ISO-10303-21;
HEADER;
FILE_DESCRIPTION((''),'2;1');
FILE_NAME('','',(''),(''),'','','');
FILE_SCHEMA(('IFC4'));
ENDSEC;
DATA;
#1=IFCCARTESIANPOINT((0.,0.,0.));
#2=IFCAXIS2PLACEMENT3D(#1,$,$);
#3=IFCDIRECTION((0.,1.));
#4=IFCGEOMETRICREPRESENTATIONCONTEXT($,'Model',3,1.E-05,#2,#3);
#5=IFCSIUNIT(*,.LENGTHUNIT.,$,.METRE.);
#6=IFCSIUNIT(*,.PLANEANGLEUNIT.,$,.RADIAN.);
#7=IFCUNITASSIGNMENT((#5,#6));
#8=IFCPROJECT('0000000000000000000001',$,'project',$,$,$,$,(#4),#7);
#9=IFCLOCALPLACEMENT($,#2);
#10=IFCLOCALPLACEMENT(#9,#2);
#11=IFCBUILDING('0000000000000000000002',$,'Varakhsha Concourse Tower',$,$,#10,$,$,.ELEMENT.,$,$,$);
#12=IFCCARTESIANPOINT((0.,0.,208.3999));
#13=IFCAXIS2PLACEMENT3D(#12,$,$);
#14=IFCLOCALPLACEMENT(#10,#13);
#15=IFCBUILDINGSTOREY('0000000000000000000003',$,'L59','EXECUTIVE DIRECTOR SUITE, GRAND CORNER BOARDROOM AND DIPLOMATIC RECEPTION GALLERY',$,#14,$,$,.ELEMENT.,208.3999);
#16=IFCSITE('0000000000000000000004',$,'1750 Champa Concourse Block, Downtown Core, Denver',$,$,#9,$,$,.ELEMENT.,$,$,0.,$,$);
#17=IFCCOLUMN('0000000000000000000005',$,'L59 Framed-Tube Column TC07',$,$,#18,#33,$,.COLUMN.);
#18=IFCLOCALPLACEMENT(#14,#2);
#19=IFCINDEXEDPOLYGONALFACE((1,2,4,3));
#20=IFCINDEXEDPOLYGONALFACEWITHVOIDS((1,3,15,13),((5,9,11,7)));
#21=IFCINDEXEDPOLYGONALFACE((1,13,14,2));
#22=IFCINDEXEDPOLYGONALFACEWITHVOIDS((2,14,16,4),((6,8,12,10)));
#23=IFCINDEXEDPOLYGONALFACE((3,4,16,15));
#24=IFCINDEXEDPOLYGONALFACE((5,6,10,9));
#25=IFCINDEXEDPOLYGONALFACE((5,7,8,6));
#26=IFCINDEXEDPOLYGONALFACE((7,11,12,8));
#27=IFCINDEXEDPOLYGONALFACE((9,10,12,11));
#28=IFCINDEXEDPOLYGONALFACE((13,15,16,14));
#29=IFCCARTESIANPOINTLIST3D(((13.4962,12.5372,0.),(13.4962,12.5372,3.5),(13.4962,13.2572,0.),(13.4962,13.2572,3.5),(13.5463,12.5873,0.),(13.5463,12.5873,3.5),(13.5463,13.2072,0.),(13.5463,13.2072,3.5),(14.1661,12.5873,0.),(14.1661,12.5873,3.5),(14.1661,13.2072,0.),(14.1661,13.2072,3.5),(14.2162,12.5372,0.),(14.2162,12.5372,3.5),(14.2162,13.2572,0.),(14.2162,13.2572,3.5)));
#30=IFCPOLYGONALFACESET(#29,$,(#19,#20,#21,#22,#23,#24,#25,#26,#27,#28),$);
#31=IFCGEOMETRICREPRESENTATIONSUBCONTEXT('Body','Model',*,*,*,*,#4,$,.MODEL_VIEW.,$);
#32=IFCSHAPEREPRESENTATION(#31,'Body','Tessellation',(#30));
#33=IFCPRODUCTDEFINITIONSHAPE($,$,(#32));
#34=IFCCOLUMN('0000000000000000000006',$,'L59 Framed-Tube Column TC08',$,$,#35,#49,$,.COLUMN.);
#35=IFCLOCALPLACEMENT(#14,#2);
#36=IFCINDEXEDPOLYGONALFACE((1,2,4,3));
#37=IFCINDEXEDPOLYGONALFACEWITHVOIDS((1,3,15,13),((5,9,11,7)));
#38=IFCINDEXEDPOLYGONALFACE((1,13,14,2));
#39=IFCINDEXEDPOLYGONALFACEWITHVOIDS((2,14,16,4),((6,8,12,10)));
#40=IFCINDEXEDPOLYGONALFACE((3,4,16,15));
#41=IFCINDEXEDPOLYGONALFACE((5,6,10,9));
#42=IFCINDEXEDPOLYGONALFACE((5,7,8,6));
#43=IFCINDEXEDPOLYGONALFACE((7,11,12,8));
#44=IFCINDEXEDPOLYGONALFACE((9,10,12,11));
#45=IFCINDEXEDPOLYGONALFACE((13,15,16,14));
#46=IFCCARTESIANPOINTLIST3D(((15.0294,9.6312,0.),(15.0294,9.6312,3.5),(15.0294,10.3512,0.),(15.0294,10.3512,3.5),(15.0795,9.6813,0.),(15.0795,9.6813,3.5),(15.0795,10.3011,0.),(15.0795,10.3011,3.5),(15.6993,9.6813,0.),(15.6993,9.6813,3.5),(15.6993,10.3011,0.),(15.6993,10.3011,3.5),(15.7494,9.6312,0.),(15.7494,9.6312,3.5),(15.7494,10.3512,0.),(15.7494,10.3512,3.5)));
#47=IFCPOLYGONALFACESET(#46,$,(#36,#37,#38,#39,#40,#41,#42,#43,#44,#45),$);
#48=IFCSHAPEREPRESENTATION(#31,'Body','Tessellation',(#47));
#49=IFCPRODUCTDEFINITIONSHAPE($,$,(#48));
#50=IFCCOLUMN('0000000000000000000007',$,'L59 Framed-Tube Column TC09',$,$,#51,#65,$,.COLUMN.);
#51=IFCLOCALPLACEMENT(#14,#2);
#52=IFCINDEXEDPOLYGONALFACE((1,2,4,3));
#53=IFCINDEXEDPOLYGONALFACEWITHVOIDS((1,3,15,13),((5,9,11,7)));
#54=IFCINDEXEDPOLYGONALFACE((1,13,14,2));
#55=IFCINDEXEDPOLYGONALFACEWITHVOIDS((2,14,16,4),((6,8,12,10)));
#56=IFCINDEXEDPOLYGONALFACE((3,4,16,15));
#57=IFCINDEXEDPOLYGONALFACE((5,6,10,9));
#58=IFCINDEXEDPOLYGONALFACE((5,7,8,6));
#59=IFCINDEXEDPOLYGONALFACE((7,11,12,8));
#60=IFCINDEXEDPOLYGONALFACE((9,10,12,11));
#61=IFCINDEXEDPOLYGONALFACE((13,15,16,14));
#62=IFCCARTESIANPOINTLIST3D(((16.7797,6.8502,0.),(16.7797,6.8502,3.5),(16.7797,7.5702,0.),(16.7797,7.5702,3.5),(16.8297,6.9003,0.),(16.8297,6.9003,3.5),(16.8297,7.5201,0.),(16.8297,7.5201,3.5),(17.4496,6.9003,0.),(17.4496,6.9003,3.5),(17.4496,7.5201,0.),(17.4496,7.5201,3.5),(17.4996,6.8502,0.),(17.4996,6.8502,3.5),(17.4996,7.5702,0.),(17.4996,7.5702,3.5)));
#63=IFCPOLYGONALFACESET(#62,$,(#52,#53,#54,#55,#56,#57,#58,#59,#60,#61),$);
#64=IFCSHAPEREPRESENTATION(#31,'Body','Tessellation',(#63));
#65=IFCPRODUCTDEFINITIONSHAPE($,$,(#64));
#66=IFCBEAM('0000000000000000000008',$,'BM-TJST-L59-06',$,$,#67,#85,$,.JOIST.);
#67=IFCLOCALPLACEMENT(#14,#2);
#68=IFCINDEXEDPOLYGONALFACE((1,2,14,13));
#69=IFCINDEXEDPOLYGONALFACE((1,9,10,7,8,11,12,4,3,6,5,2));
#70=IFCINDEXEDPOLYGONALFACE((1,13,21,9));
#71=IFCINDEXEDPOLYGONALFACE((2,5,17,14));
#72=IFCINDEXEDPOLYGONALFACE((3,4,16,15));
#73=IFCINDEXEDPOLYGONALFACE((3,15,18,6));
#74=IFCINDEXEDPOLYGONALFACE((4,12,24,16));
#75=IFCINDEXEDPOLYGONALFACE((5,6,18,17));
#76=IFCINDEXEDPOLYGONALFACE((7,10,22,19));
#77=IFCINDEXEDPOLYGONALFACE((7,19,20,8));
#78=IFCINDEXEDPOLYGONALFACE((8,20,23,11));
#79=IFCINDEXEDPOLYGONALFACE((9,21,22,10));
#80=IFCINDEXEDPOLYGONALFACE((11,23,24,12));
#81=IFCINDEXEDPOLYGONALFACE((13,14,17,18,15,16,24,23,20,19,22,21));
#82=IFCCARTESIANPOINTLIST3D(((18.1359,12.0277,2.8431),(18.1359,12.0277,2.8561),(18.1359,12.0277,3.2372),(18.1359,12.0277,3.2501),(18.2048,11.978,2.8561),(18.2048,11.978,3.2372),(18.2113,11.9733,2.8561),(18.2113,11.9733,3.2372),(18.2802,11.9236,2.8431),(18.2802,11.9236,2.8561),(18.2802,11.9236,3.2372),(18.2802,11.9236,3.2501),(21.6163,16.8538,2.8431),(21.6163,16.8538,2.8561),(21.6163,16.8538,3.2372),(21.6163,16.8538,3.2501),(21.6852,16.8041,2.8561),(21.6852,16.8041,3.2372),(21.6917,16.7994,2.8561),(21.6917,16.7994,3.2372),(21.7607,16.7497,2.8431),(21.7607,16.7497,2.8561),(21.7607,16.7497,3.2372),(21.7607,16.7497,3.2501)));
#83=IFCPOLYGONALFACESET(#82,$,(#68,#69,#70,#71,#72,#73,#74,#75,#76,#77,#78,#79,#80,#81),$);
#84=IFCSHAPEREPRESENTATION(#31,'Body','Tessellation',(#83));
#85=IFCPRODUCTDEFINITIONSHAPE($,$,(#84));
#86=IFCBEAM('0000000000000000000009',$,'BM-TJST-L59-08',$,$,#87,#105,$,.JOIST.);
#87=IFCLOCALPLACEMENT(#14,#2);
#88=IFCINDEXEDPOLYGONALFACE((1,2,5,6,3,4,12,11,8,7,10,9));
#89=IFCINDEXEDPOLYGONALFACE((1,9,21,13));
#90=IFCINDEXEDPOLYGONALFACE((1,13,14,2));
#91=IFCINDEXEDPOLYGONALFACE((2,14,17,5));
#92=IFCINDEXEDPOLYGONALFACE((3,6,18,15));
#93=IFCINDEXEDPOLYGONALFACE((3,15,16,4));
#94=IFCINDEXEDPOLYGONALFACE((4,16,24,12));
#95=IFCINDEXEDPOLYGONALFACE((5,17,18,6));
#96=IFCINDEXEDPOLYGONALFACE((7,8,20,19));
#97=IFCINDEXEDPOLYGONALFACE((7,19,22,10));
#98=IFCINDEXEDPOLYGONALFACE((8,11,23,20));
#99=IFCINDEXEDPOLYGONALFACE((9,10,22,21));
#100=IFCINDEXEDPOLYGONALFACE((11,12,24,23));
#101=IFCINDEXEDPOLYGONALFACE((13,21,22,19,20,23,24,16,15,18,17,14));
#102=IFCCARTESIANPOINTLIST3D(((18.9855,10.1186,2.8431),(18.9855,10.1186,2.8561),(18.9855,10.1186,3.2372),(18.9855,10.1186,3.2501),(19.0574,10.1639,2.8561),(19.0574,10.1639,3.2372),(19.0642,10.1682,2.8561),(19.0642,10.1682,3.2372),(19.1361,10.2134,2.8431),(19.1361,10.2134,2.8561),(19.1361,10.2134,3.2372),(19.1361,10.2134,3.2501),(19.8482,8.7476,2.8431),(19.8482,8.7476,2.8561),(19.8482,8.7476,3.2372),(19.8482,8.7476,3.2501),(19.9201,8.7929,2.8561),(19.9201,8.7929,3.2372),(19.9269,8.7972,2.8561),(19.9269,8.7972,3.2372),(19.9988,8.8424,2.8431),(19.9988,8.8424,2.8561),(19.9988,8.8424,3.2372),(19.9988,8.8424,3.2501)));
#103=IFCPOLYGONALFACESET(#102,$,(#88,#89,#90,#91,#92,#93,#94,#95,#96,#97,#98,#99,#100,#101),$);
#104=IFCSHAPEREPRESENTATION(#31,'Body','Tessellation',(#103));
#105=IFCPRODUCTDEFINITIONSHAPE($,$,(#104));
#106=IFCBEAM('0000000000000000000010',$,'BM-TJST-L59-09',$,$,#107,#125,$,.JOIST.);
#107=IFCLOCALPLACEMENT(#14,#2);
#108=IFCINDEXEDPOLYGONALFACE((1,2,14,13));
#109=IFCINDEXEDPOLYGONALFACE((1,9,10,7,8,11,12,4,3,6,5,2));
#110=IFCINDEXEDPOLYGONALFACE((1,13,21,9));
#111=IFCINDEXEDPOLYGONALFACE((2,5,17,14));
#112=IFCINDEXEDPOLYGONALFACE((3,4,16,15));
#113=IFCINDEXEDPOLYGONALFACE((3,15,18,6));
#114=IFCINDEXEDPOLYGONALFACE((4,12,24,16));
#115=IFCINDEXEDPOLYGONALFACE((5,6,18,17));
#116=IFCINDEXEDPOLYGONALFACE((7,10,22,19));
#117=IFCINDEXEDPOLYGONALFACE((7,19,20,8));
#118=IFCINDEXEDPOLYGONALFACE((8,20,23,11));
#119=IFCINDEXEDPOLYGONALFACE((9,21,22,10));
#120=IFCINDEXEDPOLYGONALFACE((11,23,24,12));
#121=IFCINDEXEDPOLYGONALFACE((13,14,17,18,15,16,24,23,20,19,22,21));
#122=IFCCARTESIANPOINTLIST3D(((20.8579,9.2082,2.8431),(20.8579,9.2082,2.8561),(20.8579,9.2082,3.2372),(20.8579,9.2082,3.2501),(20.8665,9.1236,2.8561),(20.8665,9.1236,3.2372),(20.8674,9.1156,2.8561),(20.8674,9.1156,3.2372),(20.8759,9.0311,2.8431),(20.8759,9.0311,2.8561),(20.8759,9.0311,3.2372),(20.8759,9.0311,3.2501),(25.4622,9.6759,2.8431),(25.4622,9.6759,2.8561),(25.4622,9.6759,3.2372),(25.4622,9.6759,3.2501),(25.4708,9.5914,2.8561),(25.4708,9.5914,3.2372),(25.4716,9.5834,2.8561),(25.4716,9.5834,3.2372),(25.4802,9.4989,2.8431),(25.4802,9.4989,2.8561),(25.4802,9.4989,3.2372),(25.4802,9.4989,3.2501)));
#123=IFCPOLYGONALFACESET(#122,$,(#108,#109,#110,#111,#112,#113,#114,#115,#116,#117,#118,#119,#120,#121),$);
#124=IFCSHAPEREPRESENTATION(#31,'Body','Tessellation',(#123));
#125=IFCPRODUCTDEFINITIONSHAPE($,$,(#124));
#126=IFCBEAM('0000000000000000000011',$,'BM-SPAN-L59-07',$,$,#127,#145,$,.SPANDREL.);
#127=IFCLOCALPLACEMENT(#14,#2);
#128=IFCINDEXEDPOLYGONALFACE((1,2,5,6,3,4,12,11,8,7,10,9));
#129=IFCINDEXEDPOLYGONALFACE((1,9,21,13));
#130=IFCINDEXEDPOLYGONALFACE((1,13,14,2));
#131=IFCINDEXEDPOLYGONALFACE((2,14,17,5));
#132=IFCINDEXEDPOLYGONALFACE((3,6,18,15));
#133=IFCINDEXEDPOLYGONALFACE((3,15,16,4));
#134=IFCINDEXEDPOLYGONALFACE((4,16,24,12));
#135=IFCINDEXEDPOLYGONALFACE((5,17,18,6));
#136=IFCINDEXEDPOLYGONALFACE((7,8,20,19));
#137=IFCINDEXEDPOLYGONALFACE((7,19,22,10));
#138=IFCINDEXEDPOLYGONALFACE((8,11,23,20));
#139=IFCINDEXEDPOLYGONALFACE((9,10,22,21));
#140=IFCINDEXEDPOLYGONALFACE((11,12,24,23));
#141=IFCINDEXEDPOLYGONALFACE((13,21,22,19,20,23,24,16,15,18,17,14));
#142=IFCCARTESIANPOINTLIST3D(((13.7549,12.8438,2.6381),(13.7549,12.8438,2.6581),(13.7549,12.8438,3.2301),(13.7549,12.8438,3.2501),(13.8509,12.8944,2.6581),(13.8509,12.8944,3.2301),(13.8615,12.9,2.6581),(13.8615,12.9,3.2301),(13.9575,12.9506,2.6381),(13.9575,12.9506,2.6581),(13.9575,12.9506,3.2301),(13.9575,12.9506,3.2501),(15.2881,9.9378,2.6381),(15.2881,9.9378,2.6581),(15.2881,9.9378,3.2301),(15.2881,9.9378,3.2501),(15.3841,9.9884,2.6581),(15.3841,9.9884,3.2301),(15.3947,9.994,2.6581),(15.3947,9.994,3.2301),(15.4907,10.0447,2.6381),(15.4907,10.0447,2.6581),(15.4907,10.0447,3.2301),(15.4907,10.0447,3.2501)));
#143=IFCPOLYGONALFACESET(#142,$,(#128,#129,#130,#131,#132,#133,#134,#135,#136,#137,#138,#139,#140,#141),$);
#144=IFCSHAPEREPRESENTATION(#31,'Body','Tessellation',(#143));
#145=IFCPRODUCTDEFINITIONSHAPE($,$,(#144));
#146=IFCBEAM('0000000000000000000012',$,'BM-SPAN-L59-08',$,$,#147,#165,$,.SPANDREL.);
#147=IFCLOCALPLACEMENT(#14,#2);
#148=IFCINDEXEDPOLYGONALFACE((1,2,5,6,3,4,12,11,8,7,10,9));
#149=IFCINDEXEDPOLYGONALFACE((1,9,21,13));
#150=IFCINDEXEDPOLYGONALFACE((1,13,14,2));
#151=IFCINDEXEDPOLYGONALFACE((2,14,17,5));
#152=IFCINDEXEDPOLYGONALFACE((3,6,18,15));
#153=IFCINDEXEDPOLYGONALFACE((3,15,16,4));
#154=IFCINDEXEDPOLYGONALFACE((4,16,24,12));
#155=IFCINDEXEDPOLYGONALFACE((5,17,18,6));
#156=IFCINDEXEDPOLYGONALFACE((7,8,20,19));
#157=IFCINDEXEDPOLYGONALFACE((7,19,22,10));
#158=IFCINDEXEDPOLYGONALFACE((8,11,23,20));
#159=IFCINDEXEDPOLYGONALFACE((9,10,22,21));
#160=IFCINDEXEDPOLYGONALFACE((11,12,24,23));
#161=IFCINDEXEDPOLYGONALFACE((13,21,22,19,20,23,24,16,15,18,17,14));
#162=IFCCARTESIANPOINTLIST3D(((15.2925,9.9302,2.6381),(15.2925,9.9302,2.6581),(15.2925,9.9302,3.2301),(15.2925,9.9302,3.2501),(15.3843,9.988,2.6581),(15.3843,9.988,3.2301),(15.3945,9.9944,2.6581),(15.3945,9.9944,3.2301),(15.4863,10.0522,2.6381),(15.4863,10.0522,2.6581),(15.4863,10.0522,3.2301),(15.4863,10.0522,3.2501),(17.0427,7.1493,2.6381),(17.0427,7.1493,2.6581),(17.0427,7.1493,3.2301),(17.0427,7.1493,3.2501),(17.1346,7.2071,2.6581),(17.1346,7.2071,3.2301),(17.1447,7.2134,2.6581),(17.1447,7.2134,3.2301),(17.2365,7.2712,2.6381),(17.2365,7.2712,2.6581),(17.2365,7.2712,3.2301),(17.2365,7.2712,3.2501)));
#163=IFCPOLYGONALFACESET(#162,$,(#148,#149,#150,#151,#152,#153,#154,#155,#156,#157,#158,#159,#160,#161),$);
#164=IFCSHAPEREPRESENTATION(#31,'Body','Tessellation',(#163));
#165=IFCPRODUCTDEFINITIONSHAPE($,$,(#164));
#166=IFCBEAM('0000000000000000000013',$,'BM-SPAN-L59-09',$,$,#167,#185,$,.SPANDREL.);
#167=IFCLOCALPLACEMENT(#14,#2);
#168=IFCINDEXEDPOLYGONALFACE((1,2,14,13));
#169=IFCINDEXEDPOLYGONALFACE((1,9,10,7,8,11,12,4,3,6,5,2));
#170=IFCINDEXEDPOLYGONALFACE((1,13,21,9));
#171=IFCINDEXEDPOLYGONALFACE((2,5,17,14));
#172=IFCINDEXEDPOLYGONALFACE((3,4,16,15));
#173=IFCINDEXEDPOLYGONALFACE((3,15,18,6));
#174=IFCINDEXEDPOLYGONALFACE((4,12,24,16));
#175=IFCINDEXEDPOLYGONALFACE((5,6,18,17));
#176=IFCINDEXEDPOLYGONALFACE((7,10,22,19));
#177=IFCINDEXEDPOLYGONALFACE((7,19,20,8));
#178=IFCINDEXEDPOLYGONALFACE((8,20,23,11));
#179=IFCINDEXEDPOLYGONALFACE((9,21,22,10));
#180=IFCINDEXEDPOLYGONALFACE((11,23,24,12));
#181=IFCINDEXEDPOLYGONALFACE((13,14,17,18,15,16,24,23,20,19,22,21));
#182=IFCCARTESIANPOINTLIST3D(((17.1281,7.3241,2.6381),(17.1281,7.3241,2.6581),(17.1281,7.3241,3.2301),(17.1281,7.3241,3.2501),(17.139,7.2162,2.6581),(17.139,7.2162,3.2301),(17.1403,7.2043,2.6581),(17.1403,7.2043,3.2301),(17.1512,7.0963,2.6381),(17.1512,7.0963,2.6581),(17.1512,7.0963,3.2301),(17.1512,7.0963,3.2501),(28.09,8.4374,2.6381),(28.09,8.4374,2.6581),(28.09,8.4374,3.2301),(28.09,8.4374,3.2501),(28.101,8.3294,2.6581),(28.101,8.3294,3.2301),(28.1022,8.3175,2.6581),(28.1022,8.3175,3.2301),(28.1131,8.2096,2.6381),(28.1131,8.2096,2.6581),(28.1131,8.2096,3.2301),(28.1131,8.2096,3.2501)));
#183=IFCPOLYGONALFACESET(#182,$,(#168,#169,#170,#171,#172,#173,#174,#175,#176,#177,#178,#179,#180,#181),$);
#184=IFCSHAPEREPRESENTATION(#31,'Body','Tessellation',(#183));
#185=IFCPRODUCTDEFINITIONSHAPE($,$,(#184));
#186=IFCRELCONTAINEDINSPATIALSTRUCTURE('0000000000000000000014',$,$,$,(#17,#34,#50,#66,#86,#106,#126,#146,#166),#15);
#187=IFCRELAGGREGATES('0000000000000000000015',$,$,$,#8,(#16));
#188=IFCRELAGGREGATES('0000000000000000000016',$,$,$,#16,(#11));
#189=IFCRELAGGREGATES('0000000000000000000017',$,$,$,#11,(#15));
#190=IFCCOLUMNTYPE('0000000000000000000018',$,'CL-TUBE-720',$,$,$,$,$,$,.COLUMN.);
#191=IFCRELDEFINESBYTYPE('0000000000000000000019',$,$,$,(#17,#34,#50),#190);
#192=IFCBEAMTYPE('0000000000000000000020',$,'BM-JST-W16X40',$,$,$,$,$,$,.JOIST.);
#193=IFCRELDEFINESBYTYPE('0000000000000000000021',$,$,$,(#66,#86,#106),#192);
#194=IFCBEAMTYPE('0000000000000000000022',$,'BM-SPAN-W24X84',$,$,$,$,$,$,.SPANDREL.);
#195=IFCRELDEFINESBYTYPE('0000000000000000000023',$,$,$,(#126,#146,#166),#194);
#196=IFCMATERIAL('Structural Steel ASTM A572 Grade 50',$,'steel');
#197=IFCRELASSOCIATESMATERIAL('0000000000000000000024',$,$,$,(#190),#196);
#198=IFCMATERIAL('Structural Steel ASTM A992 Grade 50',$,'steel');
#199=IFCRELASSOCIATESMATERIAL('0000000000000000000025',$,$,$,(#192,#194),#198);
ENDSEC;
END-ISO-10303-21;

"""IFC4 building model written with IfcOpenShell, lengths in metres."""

from ifc_helpers import new_model, si_unit, direction, frame, origin, origin_2d, place, context, subcontext, project, spatial, hollow_rectangle, i_section, extrude, material, material_profile, profile_set, type_object, element, save


model = new_model("IFC4")

# Units and contexts
model_context = context("Model", 3, precision=1e-05, world=origin(), true_north=direction((0.0, 1.0)))
body_context = subcontext(model_context, "Body", "Model", "MODEL_VIEW")
ifc_project = project(units=[si_unit("LENGTHUNIT", "METRE"), si_unit("PLANEANGLEUNIT", "RADIAN")], contexts=[model_context])

# Site, building, storey
site_placement = place(None, origin())
site = spatial("IfcSite", under=ifc_project, at=site_placement, Name="1750 Champa Concourse Block, Downtown Core, Denver", CompositionType="ELEMENT", RefElevation=0.0)
building_placement = place(site_placement, origin())
building = spatial("IfcBuilding", under=site, at=building_placement, Name="Varakhsha Concourse Tower", CompositionType="ELEMENT")
storey_placement = place(building_placement, frame((0.0, 0.0, 208.3999)))
storey = spatial("IfcBuildingStorey", under=building, at=storey_placement, Name="L59", Description="EXECUTIVE DIRECTOR SUITE, GRAND CORNER BOARDROOM AND DIPLOMATIC RECEPTION GALLERY", CompositionType="ELEMENT", Elevation=208.3999)

# Columns
ifc_material_1 = material(Name="Structural Steel ASTM A572 Grade 50", Category="steel")
ifc_material_profile_1 = material_profile(ifc_material_1, hollow_rectangle(XDim=0.72, YDim=0.72, WallThickness=0.05, at=origin_2d()), Name="BOX 720x720x50")
ifc_profile_set_1 = profile_set([ifc_material_profile_1], Name="Structural Steel ASTM A572 Grade 50")
column_type = type_object("IfcColumnType", Name="CL-TUBE-720", PredefinedType="COLUMN", material=ifc_profile_set_1)
for number, where, z_axis, x_axis, name in (
    (1, (13.8562, 12.8972, 0.0), (0.0, 0.0, 1.0), (1.0, 0.0, 0.0), "L59 Framed-Tube Column TC07"),
    (2, (15.3894, 9.9912, 0.0), (0.0, 0.0, 1.0), (1.0, 0.0, 0.0), "L59 Framed-Tube Column TC08"),
    (3, (17.1396, 7.2102, 0.0), (0.0, 0.0, 1.0), (1.0, 0.0, 0.0), "L59 Framed-Tube Column TC09"),
):
    element("IfcColumn", number, at=place(storey_placement, frame(where, z_axis=z_axis, x_axis=x_axis)), inside=storey, type_object=column_type, Name=name, PredefinedType="COLUMN", context=body_context, shape_type="SweptSolid", body=[
        extrude(hollow_rectangle(XDim=0.72, YDim=0.72, WallThickness=0.05, at=origin_2d()), origin(), (0.0, 0.0, 1.0), 3.5),
    ])

# Beams
ifc_material_2 = material(Name="Structural Steel ASTM A992 Grade 50", Category="steel")
ifc_material_profile_2 = material_profile(ifc_material_2, i_section(OverallWidth=0.178, OverallDepth=0.407, WebThickness=0.0081, FlangeThickness=0.0129, at=origin_2d()), Name="W16X40")
ifc_profile_set_2 = profile_set([ifc_material_profile_2], Name="Structural Steel ASTM A992 Grade 50")
beam_type_1 = type_object("IfcBeamType", Name="BM-JST-W16X40", PredefinedType="JOIST", material=ifc_profile_set_2)
beam_1_placement = place(storey_placement, frame((21.6885, 16.8018, 3.0466), z_axis=(-0.584927, -0.811086, 0.0), x_axis=(0.811086, -0.584927, 0.0)))
element("IfcBeam", 4, at=beam_1_placement, inside=storey, type_object=beam_type_1, Name="BM-TJST-L59-06", PredefinedType="JOIST", context=body_context, shape_type="SweptSolid", body=[
    extrude(i_section(OverallWidth=0.178, OverallDepth=0.407, WebThickness=0.0081, FlangeThickness=0.0129, at=origin_2d()), origin(), (0.0, 0.0, 1.0), 5.9502),
])
beam_2_placement = place(storey_placement, frame((19.0608, 10.166, 3.0466), z_axis=(0.532597, -0.846369, 0.0), x_axis=(0.846369, 0.532597, 0.0)))
element("IfcBeam", 5, at=beam_2_placement, inside=storey, type_object=beam_type_1, Name="BM-TJST-L59-08", PredefinedType="JOIST", context=body_context, shape_type="SweptSolid", body=[
    extrude(i_section(OverallWidth=0.178, OverallDepth=0.407, WebThickness=0.0081, FlangeThickness=0.0129, at=origin_2d()), origin(), (0.0, 0.0, 1.0), 1.6199),
])
beam_3_placement = place(storey_placement, frame((20.8669, 9.1196, 3.0466), z_axis=(0.994879, 0.101076, 0.0), x_axis=(-0.101076, 0.994879, 0.0)))
element("IfcBeam", 6, at=beam_3_placement, inside=storey, type_object=beam_type_1, Name="BM-TJST-L59-09", PredefinedType="JOIST", context=body_context, shape_type="SweptSolid", body=[
    extrude(i_section(OverallWidth=0.178, OverallDepth=0.407, WebThickness=0.0081, FlangeThickness=0.0129, at=origin_2d()), origin(), (0.0, 0.0, 1.0), 4.6279),
])
ifc_material_profile_3 = material_profile(ifc_material_2, i_section(OverallWidth=0.229, OverallDepth=0.6121, WebThickness=0.012, FlangeThickness=0.02, at=origin_2d()), Name="W24X84")
ifc_profile_set_3 = profile_set([ifc_material_profile_3], Name="Structural Steel ASTM A992 Grade 50")
beam_type_2 = type_object("IfcBeamType", Name="BM-SPAN-W24X84", PredefinedType="SPANDREL", material=ifc_profile_set_3)
beam_4_placement = place(storey_placement, frame((13.8562, 12.8972, 2.9441), z_axis=(0.466634, -0.88445, 0.0), x_axis=(0.88445, 0.466634, 0.0)))
element("IfcBeam", 7, at=beam_4_placement, inside=storey, type_object=beam_type_2, Name="BM-SPAN-L59-07", PredefinedType="SPANDREL", context=body_context, shape_type="SweptSolid", body=[
    extrude(i_section(OverallWidth=0.229, OverallDepth=0.6121, WebThickness=0.012, FlangeThickness=0.02, at=origin_2d()), origin(), (0.0, 0.0, 1.0), 3.2856),
])
beam_5_placement = place(storey_placement, frame((15.3894, 9.9912, 2.9441), z_axis=(0.532648, -0.846337, 0.0), x_axis=(0.846337, 0.532648, 0.0)))
element("IfcBeam", 8, at=beam_5_placement, inside=storey, type_object=beam_type_2, Name="BM-SPAN-L59-08", PredefinedType="SPANDREL", context=body_context, shape_type="SweptSolid", body=[
    extrude(i_section(OverallWidth=0.229, OverallDepth=0.6121, WebThickness=0.012, FlangeThickness=0.02, at=origin_2d()), origin(), (0.0, 0.0, 1.0), 3.2859),
])
beam_6_placement = place(storey_placement, frame((17.1396, 7.2102, 2.9441), z_axis=(0.994882, 0.101039, 0.0), x_axis=(-0.101039, 0.994882, 0.0)))
element("IfcBeam", 9, at=beam_6_placement, inside=storey, type_object=beam_type_2, Name="BM-SPAN-L59-09", PredefinedType="SPANDREL", context=body_context, shape_type="SweptSolid", body=[
    extrude(i_section(OverallWidth=0.229, OverallDepth=0.6121, WebThickness=0.012, FlangeThickness=0.02, at=origin_2d()), origin(), (0.0, 0.0, 1.0), 11.0183),
])

save(model, "model.ifc")
